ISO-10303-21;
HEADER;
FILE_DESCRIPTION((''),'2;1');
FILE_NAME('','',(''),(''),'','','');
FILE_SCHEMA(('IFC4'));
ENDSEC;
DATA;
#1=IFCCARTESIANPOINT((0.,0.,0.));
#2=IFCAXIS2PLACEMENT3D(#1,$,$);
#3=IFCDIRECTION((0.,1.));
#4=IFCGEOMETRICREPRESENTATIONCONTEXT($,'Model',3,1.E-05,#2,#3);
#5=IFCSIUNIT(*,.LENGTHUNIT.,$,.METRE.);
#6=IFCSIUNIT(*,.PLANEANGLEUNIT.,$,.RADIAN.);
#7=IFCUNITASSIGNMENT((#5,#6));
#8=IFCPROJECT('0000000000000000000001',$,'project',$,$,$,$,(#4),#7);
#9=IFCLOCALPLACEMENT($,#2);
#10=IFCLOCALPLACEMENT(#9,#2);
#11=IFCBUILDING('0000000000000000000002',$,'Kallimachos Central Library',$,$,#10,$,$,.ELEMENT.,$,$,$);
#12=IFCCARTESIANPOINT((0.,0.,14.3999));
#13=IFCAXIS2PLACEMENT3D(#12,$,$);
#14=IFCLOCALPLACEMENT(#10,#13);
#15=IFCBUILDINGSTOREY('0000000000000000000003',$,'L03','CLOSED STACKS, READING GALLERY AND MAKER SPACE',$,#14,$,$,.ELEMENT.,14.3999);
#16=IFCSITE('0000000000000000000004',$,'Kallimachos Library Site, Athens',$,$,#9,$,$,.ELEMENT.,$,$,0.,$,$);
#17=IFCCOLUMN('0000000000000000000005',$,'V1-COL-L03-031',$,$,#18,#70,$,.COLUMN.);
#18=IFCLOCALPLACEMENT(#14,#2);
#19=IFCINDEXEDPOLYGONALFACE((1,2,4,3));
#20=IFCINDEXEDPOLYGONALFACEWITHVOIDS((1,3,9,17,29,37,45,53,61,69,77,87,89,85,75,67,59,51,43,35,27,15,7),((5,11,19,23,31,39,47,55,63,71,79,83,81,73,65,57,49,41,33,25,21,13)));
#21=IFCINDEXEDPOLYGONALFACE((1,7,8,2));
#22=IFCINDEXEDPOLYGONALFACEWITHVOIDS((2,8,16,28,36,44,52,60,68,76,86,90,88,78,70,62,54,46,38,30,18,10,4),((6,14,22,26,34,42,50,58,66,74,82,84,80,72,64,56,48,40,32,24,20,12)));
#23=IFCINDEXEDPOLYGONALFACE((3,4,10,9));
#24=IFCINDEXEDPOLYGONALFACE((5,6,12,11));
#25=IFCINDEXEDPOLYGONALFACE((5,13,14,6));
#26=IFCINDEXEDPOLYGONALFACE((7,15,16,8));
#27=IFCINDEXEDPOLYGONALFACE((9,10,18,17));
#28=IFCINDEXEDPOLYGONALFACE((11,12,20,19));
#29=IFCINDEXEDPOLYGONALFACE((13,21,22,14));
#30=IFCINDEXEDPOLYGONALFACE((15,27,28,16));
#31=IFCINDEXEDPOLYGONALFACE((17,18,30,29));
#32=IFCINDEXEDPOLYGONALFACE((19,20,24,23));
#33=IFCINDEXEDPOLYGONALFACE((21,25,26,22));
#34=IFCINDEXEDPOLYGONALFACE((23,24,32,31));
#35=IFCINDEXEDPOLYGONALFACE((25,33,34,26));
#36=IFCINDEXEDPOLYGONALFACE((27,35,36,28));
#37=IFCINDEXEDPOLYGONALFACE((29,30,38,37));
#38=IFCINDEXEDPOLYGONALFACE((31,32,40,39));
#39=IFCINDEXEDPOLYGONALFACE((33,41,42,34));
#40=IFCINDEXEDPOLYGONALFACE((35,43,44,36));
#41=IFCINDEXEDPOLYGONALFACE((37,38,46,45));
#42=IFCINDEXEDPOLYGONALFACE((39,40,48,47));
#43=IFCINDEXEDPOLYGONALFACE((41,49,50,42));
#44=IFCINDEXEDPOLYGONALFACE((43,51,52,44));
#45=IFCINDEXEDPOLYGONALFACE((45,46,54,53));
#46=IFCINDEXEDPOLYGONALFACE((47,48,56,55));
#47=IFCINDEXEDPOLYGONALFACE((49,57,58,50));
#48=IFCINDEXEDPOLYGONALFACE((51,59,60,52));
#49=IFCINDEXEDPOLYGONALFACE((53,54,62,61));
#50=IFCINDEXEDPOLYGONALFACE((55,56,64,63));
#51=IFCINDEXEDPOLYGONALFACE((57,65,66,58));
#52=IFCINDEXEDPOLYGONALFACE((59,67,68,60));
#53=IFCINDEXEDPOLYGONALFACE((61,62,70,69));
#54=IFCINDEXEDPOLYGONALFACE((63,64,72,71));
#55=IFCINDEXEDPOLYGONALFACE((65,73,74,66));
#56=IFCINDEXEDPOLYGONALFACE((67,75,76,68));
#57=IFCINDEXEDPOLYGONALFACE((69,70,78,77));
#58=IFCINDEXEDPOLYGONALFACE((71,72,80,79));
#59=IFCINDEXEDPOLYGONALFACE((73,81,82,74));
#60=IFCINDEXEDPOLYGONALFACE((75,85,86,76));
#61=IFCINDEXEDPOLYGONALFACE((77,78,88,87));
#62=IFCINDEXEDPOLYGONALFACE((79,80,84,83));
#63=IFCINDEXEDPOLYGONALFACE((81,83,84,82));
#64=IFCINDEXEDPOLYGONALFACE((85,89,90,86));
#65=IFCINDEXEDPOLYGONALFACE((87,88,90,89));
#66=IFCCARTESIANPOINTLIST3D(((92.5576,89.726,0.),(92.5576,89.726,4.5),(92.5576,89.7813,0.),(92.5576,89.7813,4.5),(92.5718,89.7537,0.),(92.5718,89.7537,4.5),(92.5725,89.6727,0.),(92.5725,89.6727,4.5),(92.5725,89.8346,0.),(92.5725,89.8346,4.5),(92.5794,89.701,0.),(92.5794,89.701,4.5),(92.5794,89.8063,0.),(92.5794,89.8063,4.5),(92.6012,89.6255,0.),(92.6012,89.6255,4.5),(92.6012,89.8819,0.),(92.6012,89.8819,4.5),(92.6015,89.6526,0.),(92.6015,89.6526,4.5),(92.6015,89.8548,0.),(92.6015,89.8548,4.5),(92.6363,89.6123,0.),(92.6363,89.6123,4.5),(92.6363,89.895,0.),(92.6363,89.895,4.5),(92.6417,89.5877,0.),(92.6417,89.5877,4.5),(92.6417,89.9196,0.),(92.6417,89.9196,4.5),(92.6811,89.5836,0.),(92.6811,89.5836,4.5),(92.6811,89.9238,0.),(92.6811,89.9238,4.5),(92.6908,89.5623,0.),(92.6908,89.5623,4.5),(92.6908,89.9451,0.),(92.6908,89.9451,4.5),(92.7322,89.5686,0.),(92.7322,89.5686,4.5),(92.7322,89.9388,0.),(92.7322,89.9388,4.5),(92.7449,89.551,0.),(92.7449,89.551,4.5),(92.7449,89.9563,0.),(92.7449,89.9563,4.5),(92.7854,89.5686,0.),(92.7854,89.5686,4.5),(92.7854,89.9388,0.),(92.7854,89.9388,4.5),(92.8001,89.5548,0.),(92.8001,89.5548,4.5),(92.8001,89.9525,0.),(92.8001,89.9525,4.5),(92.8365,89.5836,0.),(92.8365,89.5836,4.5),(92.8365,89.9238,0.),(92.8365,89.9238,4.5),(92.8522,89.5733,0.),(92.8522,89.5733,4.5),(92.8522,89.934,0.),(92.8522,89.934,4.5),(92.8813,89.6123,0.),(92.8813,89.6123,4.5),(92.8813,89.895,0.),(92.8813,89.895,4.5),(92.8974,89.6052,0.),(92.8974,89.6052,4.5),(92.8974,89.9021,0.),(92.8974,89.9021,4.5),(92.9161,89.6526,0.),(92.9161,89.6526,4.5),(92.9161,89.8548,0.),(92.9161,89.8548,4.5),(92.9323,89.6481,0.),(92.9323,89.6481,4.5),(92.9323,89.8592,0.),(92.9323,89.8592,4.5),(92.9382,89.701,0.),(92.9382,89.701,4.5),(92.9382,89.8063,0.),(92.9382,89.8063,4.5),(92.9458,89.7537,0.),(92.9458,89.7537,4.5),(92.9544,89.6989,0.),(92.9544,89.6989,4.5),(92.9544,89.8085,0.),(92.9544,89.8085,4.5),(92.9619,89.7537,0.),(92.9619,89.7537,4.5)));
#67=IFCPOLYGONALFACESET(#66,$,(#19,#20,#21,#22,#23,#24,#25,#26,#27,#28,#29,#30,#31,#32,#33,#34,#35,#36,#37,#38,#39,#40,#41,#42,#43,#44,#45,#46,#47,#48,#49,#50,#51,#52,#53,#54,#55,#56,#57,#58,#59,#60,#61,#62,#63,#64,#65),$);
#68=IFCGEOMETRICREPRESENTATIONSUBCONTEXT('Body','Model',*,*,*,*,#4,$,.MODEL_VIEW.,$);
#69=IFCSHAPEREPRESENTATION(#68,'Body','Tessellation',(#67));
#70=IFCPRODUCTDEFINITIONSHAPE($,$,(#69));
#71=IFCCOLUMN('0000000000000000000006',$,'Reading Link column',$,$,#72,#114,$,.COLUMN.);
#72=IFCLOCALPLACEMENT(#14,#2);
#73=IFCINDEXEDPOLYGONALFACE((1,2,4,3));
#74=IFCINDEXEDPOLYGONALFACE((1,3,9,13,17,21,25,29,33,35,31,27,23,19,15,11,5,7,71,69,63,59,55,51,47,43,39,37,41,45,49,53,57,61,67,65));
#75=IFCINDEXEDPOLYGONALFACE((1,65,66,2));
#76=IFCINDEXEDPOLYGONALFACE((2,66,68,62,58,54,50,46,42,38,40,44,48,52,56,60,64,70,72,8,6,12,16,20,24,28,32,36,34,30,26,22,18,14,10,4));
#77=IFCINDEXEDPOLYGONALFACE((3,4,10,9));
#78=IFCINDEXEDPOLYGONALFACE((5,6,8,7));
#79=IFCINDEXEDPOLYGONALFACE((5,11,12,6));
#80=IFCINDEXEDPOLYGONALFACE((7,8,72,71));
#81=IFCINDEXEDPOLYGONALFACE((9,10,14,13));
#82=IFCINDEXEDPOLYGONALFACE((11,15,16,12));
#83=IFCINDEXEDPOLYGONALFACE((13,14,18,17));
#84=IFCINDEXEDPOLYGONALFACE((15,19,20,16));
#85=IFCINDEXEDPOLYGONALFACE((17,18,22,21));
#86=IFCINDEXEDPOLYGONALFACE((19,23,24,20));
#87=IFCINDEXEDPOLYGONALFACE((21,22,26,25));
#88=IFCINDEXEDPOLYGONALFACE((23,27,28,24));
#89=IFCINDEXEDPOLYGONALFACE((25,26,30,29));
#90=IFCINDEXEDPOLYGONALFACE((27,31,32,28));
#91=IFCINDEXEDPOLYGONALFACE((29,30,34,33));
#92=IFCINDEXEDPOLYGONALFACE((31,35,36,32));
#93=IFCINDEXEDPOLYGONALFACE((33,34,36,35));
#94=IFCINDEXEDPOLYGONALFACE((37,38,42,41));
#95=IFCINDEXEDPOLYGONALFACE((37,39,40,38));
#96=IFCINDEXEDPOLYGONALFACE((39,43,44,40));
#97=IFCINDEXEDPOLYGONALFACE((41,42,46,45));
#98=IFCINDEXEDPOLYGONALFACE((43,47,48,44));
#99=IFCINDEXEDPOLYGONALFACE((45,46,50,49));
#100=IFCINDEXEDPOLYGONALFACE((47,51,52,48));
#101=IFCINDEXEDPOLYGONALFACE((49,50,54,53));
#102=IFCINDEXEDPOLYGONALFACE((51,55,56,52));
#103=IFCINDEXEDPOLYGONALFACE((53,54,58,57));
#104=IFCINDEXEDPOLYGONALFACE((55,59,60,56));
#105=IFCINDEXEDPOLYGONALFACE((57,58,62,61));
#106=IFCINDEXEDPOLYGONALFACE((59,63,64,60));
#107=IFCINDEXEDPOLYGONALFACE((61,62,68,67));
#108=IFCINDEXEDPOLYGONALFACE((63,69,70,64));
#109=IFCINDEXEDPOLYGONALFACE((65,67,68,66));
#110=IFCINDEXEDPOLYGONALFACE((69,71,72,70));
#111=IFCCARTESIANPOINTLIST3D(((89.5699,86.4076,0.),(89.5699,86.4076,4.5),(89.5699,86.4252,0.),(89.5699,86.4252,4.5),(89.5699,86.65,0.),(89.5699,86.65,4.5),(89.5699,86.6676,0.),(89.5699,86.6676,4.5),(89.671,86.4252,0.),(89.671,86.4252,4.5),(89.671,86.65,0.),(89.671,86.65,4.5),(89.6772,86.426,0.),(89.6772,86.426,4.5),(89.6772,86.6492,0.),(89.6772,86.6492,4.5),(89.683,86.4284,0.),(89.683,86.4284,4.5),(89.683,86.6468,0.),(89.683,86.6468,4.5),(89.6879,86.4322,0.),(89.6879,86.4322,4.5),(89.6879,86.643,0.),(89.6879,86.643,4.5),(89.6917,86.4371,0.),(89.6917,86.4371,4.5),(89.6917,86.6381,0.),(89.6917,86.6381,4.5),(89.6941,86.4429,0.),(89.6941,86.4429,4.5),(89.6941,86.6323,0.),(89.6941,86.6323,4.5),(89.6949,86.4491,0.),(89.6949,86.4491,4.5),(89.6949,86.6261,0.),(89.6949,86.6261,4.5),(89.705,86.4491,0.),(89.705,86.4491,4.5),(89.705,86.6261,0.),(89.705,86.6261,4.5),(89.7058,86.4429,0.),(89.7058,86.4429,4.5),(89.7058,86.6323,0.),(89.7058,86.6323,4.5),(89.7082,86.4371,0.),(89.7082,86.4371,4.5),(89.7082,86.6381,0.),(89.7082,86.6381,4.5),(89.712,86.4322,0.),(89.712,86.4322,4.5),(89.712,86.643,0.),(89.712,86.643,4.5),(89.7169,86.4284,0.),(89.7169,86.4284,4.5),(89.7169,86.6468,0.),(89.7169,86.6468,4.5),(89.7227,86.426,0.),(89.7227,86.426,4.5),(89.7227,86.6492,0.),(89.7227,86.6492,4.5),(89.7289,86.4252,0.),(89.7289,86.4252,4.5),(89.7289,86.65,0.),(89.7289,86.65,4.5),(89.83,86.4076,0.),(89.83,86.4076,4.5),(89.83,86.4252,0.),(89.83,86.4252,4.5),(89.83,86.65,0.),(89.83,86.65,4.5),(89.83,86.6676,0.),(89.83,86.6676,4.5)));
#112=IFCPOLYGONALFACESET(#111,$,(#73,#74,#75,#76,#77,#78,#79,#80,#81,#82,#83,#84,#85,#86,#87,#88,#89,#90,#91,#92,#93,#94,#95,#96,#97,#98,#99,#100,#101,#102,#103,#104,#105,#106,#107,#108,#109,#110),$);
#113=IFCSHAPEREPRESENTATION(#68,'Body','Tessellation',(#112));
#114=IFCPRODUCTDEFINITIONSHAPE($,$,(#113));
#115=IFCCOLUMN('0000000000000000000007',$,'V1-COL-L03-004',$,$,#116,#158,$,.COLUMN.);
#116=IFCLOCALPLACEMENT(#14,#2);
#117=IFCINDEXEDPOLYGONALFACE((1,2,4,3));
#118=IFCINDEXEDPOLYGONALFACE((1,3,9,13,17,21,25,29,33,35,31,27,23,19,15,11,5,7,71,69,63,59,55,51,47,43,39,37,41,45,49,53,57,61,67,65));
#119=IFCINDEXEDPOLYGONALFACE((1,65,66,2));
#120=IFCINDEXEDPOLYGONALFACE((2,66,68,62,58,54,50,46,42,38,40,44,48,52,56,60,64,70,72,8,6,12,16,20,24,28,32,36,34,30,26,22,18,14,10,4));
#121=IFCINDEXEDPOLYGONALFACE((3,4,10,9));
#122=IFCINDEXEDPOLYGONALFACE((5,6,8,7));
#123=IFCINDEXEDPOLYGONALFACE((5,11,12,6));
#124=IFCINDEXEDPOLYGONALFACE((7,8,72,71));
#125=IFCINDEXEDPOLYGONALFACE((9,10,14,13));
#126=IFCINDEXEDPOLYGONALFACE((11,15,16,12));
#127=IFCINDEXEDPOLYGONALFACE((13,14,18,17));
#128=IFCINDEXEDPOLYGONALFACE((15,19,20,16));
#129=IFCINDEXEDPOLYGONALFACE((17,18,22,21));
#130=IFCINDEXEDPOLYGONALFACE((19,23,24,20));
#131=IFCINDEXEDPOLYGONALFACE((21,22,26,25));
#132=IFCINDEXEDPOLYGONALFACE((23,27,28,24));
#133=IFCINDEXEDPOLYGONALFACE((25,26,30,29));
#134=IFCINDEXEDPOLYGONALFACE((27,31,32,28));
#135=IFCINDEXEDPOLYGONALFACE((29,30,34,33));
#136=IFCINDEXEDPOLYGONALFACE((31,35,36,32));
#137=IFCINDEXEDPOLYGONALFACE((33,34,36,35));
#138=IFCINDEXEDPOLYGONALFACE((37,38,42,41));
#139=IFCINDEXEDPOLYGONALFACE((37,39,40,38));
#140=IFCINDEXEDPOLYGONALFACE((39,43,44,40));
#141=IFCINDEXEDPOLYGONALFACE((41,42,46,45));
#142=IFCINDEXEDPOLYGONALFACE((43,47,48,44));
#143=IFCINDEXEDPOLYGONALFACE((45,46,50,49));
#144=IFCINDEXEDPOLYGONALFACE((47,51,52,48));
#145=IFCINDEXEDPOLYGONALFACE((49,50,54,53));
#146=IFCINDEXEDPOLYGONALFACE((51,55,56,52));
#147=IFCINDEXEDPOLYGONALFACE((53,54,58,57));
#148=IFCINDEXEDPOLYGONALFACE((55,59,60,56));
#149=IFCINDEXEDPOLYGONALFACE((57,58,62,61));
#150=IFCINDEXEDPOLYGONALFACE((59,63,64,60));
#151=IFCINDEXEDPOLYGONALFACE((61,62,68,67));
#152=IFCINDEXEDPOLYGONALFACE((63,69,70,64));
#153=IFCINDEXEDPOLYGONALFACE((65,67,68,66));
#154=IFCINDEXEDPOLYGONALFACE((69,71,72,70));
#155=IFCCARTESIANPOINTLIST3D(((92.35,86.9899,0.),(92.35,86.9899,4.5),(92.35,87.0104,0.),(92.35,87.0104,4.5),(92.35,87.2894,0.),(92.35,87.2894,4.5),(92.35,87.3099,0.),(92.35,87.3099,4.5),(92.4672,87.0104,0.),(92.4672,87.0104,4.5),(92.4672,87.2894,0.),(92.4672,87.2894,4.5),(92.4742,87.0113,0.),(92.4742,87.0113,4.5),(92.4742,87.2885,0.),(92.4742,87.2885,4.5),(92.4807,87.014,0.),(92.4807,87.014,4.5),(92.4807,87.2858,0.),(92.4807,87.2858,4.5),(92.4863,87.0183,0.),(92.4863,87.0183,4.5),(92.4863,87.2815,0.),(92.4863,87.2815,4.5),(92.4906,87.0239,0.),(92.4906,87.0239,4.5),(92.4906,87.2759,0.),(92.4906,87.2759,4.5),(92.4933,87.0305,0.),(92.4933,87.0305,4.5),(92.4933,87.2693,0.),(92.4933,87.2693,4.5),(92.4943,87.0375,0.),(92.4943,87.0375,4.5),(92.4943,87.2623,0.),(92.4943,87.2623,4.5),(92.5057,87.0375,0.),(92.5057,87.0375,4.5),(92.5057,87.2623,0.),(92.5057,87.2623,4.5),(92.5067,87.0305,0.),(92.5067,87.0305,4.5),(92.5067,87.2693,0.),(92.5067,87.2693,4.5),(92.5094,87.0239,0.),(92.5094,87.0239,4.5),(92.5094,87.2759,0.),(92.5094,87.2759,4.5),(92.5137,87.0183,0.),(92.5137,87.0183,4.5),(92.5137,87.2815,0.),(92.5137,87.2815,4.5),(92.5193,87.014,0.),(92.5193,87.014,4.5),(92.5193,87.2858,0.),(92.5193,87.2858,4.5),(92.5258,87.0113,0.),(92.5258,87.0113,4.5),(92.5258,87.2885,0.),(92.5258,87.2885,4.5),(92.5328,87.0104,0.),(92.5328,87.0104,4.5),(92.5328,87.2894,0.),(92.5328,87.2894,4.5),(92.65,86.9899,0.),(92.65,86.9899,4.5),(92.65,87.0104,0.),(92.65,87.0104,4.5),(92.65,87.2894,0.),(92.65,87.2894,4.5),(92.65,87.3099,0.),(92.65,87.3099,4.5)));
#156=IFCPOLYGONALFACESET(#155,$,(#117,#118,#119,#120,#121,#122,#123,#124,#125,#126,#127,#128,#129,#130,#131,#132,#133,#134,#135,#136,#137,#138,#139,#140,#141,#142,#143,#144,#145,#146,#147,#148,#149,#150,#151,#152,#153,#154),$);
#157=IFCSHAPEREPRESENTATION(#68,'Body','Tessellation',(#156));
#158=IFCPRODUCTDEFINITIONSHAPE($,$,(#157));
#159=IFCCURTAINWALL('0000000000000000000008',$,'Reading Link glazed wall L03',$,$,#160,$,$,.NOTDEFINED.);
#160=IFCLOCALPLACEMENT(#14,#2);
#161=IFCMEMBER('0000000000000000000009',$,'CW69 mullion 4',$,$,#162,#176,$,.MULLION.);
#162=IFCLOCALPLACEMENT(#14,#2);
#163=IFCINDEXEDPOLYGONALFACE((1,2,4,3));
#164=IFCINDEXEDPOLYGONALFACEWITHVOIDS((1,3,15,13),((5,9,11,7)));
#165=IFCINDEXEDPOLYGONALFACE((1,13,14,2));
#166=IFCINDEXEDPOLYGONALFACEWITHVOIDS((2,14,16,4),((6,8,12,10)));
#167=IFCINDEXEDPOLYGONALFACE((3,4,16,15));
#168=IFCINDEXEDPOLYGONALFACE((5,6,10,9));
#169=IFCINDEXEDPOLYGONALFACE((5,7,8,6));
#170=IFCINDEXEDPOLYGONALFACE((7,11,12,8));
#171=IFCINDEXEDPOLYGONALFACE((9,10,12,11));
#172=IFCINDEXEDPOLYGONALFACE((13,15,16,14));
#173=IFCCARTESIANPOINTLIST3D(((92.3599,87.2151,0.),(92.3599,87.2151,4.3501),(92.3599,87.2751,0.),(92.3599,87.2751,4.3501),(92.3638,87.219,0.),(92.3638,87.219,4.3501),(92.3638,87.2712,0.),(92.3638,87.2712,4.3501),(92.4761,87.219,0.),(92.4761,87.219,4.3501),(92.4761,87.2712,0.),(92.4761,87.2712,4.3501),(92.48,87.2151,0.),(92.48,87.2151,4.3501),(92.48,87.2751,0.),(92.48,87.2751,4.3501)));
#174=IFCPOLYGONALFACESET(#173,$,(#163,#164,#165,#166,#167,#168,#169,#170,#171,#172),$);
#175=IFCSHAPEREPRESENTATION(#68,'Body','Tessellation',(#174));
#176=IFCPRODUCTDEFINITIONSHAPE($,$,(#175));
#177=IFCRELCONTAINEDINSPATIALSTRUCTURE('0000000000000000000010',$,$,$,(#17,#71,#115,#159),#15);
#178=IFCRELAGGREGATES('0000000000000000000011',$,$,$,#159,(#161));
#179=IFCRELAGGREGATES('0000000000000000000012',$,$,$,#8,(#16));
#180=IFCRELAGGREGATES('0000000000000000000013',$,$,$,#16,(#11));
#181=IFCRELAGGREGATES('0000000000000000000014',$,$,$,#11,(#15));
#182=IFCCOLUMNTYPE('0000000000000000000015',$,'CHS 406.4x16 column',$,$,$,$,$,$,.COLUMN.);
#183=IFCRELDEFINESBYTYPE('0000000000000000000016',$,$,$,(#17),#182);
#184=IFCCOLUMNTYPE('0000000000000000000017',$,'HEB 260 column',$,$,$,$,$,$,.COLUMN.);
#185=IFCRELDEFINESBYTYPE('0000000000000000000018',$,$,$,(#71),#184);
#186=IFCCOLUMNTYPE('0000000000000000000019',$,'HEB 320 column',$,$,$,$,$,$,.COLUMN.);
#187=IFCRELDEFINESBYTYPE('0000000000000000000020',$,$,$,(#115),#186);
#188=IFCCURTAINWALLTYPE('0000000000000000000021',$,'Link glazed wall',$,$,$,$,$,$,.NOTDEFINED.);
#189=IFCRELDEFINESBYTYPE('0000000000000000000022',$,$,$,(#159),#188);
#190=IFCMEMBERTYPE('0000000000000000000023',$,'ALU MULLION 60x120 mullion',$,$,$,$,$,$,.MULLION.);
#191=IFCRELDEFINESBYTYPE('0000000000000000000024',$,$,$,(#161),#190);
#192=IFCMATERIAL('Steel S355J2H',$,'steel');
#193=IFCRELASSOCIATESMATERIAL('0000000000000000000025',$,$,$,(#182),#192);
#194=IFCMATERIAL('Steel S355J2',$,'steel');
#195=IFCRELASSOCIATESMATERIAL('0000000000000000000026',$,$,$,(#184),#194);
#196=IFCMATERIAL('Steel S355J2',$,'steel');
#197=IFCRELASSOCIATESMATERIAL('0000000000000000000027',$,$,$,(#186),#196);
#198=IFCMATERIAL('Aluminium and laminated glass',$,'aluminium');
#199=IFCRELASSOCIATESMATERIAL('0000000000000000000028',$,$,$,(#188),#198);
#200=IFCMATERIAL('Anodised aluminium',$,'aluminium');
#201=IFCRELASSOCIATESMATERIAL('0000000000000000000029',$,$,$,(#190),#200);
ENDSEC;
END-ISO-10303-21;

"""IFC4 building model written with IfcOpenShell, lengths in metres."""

from ifc_helpers import new_model, si_unit, direction, frame, origin, origin_2d, place, context, subcontext, project, spatial, hollow_rectangle, hollow_circle, i_section, extrude, material, material_profile, profile_set, type_object, element, aggregate, save


model = new_model("IFC4")

# Units and contexts
model_context = context("Model", 3, precision=1e-05, world=origin(), true_north=direction((0.0, 1.0)))
body_context = subcontext(model_context, "Body", "Model", "MODEL_VIEW")
ifc_project = project(units=[si_unit("LENGTHUNIT", "METRE"), si_unit("PLANEANGLEUNIT", "RADIAN")], contexts=[model_context])

# Site, building, storey
site_placement = place(None, origin())
site = spatial("IfcSite", under=ifc_project, at=site_placement, Name="Kallimachos Library Site, Athens", CompositionType="ELEMENT", RefElevation=0.0)
building_placement = place(site_placement, origin())
building = spatial("IfcBuilding", under=site, at=building_placement, Name="Kallimachos Central Library", CompositionType="ELEMENT")
storey_placement = place(building_placement, frame((0.0, 0.0, 14.3999)))
storey = spatial("IfcBuildingStorey", under=building, at=storey_placement, Name="L03", Description="CLOSED STACKS, READING GALLERY AND MAKER SPACE", CompositionType="ELEMENT", Elevation=14.3999)

# Columns
ifc_material_1 = material(Name="Steel S355J2H", Category="steel")
ifc_material_profile_1 = material_profile(ifc_material_1, hollow_circle(Radius=0.2031, WallThickness=0.0161, at=origin_2d()), Name="CHS 406.4x16")
ifc_profile_set_1 = profile_set([ifc_material_profile_1], Name="Steel S355J2H")
column_type_1 = type_object("IfcColumnType", Name="CHS 406.4x16 column", PredefinedType="COLUMN", material=ifc_profile_set_1)
column_1_placement = place(storey_placement, frame((92.7588, 89.7537, 0.0), z_axis=(0.0, 0.0, 1.0), x_axis=(1.0, 0.0, 0.0)))
element("IfcColumn", 1, at=column_1_placement, inside=storey, type_object=column_type_1, Name="V1-COL-L03-031", PredefinedType="COLUMN", context=body_context, shape_type="SweptSolid", body=[
    extrude(hollow_circle(Radius=0.2031, WallThickness=0.0161, at=origin_2d()), origin(), (0.0, 0.0, 1.0), 4.5),
])
ifc_material_2 = material(Name="Steel S355J2", Category="steel")
ifc_material_profile_2 = material_profile(ifc_material_2, i_section(OverallWidth=0.26, OverallDepth=0.26, WebThickness=0.01, FlangeThickness=0.0176, FilletRadius=0.0239, at=origin_2d()), Name="HEB 260")
ifc_profile_set_2 = profile_set([ifc_material_profile_2], Name="Steel S355J2")
column_type_2 = type_object("IfcColumnType", Name="HEB 260 column", PredefinedType="COLUMN", material=ifc_profile_set_2)
column_2_placement = place(storey_placement, frame((89.7, 86.5376, 0.0), z_axis=(0.0, 0.0, 1.0), x_axis=(1.0, 0.0, 0.0)))
element("IfcColumn", 2, at=column_2_placement, inside=storey, type_object=column_type_2, Name="Reading Link column", PredefinedType="COLUMN", context=body_context, shape_type="SweptSolid", body=[
    extrude(i_section(OverallWidth=0.26, OverallDepth=0.26, WebThickness=0.01, FlangeThickness=0.0176, FilletRadius=0.0239, at=origin_2d()), origin(), (0.0, 0.0, 1.0), 4.5),
])
ifc_material_3 = material(Name="Steel S355J2", Category="steel")
ifc_material_profile_3 = material_profile(ifc_material_3, i_section(OverallWidth=0.3, OverallDepth=0.3201, WebThickness=0.0115, FlangeThickness=0.0205, FilletRadius=0.0271, at=origin_2d()), Name="HEB 320")
ifc_profile_set_3 = profile_set([ifc_material_profile_3], Name="Steel S355J2")
column_type_3 = type_object("IfcColumnType", Name="HEB 320 column", PredefinedType="COLUMN", material=ifc_profile_set_3)
column_3_placement = place(storey_placement, frame((92.5, 87.1499, 0.0), z_axis=(0.0, 0.0, 1.0), x_axis=(1.0, 0.0, 0.0)))
element("IfcColumn", 3, at=column_3_placement, inside=storey, type_object=column_type_3, Name="V1-COL-L03-004", PredefinedType="COLUMN", context=body_context, shape_type="SweptSolid", body=[
    extrude(i_section(OverallWidth=0.3, OverallDepth=0.3201, WebThickness=0.0115, FlangeThickness=0.0205, FilletRadius=0.0271, at=origin_2d()), origin(), (0.0, 0.0, 1.0), 4.5),
])

# Curtain wall, member
ifc_material_4 = material(Name="Aluminium and laminated glass", Category="aluminium")
curtain_wall_type_1 = type_object("IfcCurtainWallType", Name="Link glazed wall", PredefinedType="NOTDEFINED", material=ifc_material_4)
curtain_wall_1_placement = place(storey_placement, origin())
curtain_wall_1 = element("IfcCurtainWall", 4, at=curtain_wall_1_placement, inside=storey, type_object=curtain_wall_type_1, Name="Reading Link glazed wall L03", PredefinedType="NOTDEFINED")
ifc_material_5 = material(Name="Anodised aluminium", Category="aluminium")
ifc_material_profile_4 = material_profile(ifc_material_5, hollow_rectangle(XDim=0.0601, YDim=0.1201, WallThickness=0.0039, at=origin_2d()), Name="ALU MULLION 60x120")
ifc_profile_set_4 = profile_set([ifc_material_profile_4], Name="Anodised aluminium")
member_type_1 = type_object("IfcMemberType", Name="ALU MULLION 60x120 mullion", PredefinedType="MULLION", material=ifc_profile_set_4)
member_1_placement = place(storey_placement, frame((92.4199, 87.2451, 0.0), z_axis=(0.0, 0.0, 1.0), x_axis=(0.0, 1.0, 0.0)))
member_1 = element("IfcMember", 5, at=member_1_placement, type_object=member_type_1, Name="CW69 mullion 4", PredefinedType="MULLION", context=body_context, shape_type="SweptSolid", body=[
    extrude(hollow_rectangle(XDim=0.0601, YDim=0.1201, WallThickness=0.0039, at=origin_2d()), origin(), (0.0, 0.0, 1.0), 4.3501),
])

aggregate(curtain_wall_1, [member_1])

save(model, "model.ifc")
